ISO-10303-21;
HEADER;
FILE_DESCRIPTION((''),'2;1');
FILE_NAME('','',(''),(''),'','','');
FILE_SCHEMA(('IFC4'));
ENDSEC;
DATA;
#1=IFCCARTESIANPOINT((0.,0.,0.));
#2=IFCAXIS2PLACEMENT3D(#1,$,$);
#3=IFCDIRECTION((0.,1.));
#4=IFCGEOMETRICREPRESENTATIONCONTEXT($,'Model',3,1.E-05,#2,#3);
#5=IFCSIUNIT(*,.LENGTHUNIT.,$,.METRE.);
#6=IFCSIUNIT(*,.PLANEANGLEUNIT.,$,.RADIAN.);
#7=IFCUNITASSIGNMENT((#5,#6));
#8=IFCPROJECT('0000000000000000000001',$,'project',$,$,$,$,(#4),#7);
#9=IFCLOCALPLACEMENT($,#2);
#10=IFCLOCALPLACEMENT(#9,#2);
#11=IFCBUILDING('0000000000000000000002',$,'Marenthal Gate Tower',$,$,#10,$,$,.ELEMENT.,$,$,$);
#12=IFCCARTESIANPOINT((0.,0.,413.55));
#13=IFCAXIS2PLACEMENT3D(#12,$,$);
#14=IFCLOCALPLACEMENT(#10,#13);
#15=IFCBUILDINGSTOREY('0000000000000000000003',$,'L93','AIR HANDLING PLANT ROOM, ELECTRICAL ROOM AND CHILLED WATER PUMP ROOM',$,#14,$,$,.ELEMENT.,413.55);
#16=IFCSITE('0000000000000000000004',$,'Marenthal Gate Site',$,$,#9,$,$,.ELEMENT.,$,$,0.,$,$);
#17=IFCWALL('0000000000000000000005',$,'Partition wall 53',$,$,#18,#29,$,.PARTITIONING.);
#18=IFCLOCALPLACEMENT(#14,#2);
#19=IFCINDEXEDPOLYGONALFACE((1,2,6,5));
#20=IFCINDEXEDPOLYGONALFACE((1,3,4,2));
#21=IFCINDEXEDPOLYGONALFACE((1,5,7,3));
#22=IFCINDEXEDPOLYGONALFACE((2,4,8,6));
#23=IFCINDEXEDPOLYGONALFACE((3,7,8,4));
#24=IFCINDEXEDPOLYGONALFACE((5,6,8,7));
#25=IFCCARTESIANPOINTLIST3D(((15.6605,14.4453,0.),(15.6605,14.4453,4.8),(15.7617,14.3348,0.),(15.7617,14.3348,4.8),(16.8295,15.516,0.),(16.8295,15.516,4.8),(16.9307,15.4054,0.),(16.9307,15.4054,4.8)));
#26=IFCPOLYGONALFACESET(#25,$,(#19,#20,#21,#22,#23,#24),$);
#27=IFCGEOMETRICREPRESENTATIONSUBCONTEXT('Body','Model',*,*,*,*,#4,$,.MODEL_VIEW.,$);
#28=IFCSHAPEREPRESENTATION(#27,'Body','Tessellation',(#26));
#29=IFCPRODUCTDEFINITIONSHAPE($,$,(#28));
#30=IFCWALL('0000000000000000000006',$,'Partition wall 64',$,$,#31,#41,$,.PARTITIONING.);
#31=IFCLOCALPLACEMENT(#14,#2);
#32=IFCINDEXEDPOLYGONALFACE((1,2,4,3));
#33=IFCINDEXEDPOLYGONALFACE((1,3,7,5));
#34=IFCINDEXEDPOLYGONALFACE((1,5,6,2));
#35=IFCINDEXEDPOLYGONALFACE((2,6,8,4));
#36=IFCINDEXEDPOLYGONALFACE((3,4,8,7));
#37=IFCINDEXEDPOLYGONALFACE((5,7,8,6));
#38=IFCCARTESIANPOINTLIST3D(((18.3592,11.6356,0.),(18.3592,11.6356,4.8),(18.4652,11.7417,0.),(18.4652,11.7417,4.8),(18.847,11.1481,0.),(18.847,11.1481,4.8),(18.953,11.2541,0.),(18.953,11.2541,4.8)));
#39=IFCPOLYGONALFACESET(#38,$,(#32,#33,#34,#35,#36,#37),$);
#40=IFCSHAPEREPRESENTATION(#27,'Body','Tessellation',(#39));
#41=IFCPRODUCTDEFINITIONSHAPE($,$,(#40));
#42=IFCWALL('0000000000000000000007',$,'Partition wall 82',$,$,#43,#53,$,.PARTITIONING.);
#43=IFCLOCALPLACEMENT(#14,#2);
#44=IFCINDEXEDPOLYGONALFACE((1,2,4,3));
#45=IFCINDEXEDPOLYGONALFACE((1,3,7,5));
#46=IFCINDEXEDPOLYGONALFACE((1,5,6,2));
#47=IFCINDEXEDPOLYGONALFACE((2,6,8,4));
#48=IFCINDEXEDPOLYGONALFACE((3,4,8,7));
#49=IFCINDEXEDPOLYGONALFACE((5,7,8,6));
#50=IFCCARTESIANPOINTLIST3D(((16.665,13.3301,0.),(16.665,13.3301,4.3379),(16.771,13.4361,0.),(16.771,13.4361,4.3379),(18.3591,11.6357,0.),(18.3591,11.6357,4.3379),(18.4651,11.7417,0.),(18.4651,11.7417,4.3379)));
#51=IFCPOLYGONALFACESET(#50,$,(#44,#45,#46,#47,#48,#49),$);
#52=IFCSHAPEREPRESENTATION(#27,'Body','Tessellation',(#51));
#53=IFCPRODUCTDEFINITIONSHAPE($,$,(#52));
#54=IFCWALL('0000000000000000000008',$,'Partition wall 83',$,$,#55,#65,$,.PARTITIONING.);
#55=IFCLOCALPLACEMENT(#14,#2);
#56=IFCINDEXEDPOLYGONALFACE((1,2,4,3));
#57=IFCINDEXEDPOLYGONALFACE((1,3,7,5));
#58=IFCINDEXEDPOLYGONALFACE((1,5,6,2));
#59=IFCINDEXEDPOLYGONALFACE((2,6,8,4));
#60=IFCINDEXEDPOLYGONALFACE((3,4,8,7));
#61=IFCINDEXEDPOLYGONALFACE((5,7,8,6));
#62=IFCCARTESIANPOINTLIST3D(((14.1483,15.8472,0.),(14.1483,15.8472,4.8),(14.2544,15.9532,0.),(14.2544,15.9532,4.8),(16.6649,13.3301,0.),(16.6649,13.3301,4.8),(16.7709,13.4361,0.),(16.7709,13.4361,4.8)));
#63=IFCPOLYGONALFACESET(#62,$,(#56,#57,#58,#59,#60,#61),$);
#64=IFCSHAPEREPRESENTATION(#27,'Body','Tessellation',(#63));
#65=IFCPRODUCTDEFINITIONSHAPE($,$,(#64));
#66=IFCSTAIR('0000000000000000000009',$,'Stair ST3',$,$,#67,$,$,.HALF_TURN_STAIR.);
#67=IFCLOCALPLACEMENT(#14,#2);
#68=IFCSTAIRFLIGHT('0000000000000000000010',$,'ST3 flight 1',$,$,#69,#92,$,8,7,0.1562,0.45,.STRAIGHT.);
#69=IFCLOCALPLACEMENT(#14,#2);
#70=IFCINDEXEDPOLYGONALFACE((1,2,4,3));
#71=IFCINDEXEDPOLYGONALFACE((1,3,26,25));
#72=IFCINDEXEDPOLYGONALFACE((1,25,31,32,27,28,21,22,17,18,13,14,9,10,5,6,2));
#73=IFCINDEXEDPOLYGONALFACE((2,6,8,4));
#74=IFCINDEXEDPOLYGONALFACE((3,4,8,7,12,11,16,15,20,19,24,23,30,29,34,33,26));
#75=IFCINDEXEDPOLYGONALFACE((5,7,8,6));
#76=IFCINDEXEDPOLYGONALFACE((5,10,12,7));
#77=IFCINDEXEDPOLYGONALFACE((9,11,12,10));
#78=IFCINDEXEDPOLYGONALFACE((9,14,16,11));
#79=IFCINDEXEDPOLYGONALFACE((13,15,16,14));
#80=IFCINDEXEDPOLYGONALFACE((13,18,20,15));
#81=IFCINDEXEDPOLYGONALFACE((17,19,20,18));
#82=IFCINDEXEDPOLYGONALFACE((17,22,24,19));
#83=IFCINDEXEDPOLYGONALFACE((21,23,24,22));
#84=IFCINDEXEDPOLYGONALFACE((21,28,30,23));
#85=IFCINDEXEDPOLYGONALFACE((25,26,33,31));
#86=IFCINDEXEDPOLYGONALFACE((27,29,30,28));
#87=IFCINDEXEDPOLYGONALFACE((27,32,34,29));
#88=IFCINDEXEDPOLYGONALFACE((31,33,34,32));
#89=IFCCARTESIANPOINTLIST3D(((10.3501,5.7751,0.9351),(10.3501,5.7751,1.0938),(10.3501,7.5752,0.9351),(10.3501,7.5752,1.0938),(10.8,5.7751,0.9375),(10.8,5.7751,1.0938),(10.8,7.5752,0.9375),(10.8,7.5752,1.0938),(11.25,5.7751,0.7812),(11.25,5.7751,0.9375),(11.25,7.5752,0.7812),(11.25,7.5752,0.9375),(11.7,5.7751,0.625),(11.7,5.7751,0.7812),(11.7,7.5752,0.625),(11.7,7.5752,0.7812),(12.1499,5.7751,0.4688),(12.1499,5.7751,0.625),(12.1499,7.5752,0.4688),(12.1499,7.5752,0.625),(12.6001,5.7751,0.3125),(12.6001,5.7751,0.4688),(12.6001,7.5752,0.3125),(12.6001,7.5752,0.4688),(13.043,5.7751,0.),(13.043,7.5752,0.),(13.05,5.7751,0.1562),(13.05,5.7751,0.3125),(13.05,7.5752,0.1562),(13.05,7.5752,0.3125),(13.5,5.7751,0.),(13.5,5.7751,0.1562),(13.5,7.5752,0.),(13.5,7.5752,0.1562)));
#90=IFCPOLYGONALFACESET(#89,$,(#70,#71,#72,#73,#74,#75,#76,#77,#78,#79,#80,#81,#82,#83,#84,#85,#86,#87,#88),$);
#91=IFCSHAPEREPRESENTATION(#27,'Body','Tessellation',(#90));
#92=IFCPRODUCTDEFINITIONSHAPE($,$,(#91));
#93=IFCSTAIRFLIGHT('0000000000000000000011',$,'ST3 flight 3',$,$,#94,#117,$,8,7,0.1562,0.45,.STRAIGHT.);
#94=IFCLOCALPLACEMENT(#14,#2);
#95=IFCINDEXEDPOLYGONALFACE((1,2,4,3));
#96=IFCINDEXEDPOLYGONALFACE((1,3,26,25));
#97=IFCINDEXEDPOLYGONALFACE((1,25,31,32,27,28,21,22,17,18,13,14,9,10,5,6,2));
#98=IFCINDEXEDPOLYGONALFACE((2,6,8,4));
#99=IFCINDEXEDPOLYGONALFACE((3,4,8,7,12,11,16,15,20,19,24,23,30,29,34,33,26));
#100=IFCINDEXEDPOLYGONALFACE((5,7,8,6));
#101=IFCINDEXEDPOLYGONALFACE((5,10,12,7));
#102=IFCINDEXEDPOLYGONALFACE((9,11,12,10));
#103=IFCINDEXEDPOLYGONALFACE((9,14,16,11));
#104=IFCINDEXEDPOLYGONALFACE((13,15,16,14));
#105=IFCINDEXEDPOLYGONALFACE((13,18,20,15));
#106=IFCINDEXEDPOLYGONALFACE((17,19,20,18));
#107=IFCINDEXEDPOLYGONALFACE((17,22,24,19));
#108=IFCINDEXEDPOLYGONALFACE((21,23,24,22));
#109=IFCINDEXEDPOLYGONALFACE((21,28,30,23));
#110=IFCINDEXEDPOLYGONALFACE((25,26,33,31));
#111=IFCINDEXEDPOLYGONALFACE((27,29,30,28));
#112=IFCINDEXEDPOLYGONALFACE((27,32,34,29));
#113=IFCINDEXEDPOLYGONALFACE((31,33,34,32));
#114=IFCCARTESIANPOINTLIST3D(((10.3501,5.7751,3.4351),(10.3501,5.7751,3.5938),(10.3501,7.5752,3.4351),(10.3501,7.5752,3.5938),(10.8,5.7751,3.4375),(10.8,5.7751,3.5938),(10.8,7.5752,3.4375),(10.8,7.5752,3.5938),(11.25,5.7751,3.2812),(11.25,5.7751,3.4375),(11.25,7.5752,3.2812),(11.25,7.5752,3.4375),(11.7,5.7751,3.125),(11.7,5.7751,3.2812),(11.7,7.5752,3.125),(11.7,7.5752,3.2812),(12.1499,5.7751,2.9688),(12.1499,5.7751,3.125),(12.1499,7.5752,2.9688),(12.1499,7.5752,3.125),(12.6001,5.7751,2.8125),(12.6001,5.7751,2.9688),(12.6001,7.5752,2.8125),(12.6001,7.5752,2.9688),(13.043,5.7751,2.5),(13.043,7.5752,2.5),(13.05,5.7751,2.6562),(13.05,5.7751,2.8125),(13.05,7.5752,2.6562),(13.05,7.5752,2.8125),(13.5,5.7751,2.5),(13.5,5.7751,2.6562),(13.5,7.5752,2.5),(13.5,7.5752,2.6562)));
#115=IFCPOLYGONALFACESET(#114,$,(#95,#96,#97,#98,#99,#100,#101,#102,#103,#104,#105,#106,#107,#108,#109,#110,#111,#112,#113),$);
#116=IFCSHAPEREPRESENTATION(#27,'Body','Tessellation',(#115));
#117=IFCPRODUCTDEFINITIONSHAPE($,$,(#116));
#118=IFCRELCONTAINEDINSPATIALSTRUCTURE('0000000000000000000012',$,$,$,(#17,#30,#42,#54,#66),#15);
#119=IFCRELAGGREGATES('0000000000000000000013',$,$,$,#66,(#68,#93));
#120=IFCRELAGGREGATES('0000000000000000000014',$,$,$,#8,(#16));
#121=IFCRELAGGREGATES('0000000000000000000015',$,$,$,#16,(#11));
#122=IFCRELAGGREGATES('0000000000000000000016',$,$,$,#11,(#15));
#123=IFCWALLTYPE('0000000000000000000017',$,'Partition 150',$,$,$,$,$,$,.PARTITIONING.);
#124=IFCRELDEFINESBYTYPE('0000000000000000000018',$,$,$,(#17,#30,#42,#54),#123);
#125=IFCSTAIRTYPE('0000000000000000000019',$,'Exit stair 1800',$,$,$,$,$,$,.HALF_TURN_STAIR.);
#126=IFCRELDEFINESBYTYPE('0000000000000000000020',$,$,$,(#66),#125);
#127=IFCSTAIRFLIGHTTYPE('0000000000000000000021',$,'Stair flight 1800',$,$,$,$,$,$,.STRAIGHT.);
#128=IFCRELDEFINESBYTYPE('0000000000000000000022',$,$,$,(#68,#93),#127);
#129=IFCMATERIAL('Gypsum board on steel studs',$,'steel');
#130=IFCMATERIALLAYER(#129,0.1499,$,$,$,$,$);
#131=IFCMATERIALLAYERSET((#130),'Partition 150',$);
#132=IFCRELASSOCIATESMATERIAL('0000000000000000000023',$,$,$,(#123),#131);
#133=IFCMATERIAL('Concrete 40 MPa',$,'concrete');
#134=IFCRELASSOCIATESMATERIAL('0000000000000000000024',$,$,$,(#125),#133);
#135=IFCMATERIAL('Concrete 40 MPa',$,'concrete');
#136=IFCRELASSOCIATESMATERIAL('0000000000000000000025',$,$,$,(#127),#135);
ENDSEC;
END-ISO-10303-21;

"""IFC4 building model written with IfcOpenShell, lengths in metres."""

from ifc_helpers import new_model, si_unit, direction, frame, frame_2d, origin, place, context, subcontext, project, spatial, polyline, rectangle, outline, extrude, material, layer, layer_set, type_object, element, aggregate, save


model = new_model("IFC4")

# Units and contexts
model_context = context("Model", 3, precision=1e-05, world=origin(), true_north=direction((0.0, 1.0)))
body_context = subcontext(model_context, "Body", "Model", "MODEL_VIEW")
ifc_project = project(units=[si_unit("LENGTHUNIT", "METRE"), si_unit("PLANEANGLEUNIT", "RADIAN")], contexts=[model_context])

# Site, building, storey
site_placement = place(None, origin())
site = spatial("IfcSite", under=ifc_project, at=site_placement, Name="Marenthal Gate Site", CompositionType="ELEMENT", RefElevation=0.0)
building_placement = place(site_placement, origin())
building = spatial("IfcBuilding", under=site, at=building_placement, Name="Marenthal Gate Tower", CompositionType="ELEMENT")
storey_placement = place(building_placement, frame((0.0, 0.0, 413.55)))
storey = spatial("IfcBuildingStorey", under=building, at=storey_placement, Name="L93", Description="AIR HANDLING PLANT ROOM, ELECTRICAL ROOM AND CHILLED WATER PUMP ROOM", CompositionType="ELEMENT", Elevation=413.55)

# Walls
ifc_material_1 = material(Name="Gypsum board on steel studs", Category="steel")
ifc_layer_1 = layer(ifc_material_1, 0.1499)
ifc_layer_set_1 = layer_set([ifc_layer_1], Name="Partition 150")
wall_type_1 = type_object("IfcWallType", Name="Partition 150", PredefinedType="PARTITIONING", material=ifc_layer_set_1)
wall_1_placement = place(storey_placement, frame((15.7112, 14.3901, 0.0), z_axis=(0.0, 0.0, 1.0), x_axis=(0.737461, 0.67539, 0.0)))
element("IfcWall", 1, at=wall_1_placement, inside=storey, type_object=wall_type_1, Name="Partition wall 53", PredefinedType="PARTITIONING", context=body_context, shape_type="SweptSolid", body=[
    extrude(rectangle(XDim=1.5852, YDim=0.1499, at=frame_2d((0.7925, 0.0))), origin(), (0.0, 0.0, 1.0), 4.8),
])
wall_2_placement = place(storey_placement, frame((18.8999, 11.2012, 0.0), z_axis=(0.0, 0.0, 1.0), x_axis=(-0.707284, 0.70693, 0.0)))
element("IfcWall", 2, at=wall_2_placement, inside=storey, type_object=wall_type_1, Name="Partition wall 64", PredefinedType="PARTITIONING", context=body_context, shape_type="SweptSolid", body=[
    extrude(rectangle(XDim=0.6897, YDim=0.1499, at=frame_2d((0.3447, 0.0))), origin(), (0.0, 0.0, 1.0), 4.8),
])
wall_3_placement = place(storey_placement, frame((18.4121, 11.6887, 0.0), z_axis=(0.0, 0.0, 1.0), x_axis=(-0.707056, 0.707158, 0.0)))
element("IfcWall", 3, at=wall_3_placement, inside=storey, type_object=wall_type_1, Name="Partition wall 82", PredefinedType="PARTITIONING", context=body_context, shape_type="SweptSolid", body=[
    extrude(rectangle(XDim=2.396, YDim=0.1499, at=frame_2d((1.198, 0.0))), origin(), (0.0, 0.0, 1.0), 4.3379),
])
wall_4_placement = place(storey_placement, frame((16.718, 13.3831, 0.0), z_axis=(0.0, 0.0, 1.0), x_axis=(-0.707038, 0.707175, 0.0)))
element("IfcWall", 4, at=wall_4_placement, inside=storey, type_object=wall_type_1, Name="Partition wall 83", PredefinedType="PARTITIONING", context=body_context, shape_type="SweptSolid", body=[
    extrude(rectangle(XDim=3.5593, YDim=0.1499, at=frame_2d((1.7798, 0.0))), origin(), (0.0, 0.0, 1.0), 4.8),
])

# Stair, stair flights
ifc_material_2 = material(Name="Concrete 40 MPa", Category="concrete")
stair_type = type_object("IfcStairType", Name="Exit stair 1800", PredefinedType="HALF_TURN_STAIR", material=ifc_material_2)
stair_placement = place(storey_placement, origin())
stair = element("IfcStair", 5, at=stair_placement, inside=storey, type_object=stair_type, Name="Stair ST3", PredefinedType="HALF_TURN_STAIR")
ifc_material_3 = material(Name="Concrete 40 MPa", Category="concrete")
stair_flight_type = type_object("IfcStairFlightType", Name="Stair flight 1800", PredefinedType="STRAIGHT", material=ifc_material_3)
stair_flight_1_placement = place(storey_placement, frame((13.5, 6.675, 0.0), z_axis=(0.0, 0.0, 1.0), x_axis=(-1.0, 0.0, 0.0)))
stair_flight_1 = element("IfcStairFlight", 6, at=stair_flight_1_placement, type_object=stair_flight_type, Name="ST3 flight 1", NumberOfRisers=8, NumberOfTreads=7, PredefinedType="STRAIGHT", RiserHeight=0.1562, TreadLength=0.45, context=body_context, shape_type="SweptSolid", body=[
    extrude(outline(polyline([(0.0, 0.0), (0.0, 0.1562), (0.45, 0.1562), (0.45, 0.3125), (0.8999, 0.3125), (0.8999, 0.4688), (1.3501, 0.4688), (1.3501, 0.625), (1.8, 0.625), (1.8, 0.7812), (2.25, 0.7812), (2.25, 0.9375), (2.7, 0.9375), (2.7, 1.0938), (3.1499, 1.0938), (3.1499, 1.25), (3.1499, 0.9351), (0.457, 0.0), (0.0, 0.0)])), frame((0.0, 0.8999, 0.0), z_axis=(0.0, -1.0, 0.0), x_axis=(1.0, 0.0, 0.0)), (0.0, 0.0, 1.0), 1.8),
])
stair_flight_2_placement = place(storey_placement, frame((13.5, 6.675, 2.5), z_axis=(0.0, 0.0, 1.0), x_axis=(-1.0, 0.0, 0.0)))
stair_flight_2 = element("IfcStairFlight", 7, at=stair_flight_2_placement, type_object=stair_flight_type, Name="ST3 flight 3", NumberOfRisers=8, NumberOfTreads=7, PredefinedType="STRAIGHT", RiserHeight=0.1562, TreadLength=0.45, context=body_context, shape_type="SweptSolid", body=[
    extrude(outline(polyline([(0.0, 0.0), (0.0, 0.1562), (0.45, 0.1562), (0.45, 0.3125), (0.8999, 0.3125), (0.8999, 0.4688), (1.3501, 0.4688), (1.3501, 0.625), (1.8, 0.625), (1.8, 0.7812), (2.25, 0.7812), (2.25, 0.9375), (2.7, 0.9375), (2.7, 1.0938), (3.1499, 1.0938), (3.1499, 1.25), (3.1499, 0.9351), (0.457, 0.0), (0.0, 0.0)])), frame((0.0, 0.8999, 0.0), z_axis=(0.0, -1.0, 0.0), x_axis=(1.0, 0.0, 0.0)), (0.0, 0.0, 1.0), 1.8),
])
aggregate(stair, [stair_flight_1, stair_flight_2])

save(model, "model.ifc")
